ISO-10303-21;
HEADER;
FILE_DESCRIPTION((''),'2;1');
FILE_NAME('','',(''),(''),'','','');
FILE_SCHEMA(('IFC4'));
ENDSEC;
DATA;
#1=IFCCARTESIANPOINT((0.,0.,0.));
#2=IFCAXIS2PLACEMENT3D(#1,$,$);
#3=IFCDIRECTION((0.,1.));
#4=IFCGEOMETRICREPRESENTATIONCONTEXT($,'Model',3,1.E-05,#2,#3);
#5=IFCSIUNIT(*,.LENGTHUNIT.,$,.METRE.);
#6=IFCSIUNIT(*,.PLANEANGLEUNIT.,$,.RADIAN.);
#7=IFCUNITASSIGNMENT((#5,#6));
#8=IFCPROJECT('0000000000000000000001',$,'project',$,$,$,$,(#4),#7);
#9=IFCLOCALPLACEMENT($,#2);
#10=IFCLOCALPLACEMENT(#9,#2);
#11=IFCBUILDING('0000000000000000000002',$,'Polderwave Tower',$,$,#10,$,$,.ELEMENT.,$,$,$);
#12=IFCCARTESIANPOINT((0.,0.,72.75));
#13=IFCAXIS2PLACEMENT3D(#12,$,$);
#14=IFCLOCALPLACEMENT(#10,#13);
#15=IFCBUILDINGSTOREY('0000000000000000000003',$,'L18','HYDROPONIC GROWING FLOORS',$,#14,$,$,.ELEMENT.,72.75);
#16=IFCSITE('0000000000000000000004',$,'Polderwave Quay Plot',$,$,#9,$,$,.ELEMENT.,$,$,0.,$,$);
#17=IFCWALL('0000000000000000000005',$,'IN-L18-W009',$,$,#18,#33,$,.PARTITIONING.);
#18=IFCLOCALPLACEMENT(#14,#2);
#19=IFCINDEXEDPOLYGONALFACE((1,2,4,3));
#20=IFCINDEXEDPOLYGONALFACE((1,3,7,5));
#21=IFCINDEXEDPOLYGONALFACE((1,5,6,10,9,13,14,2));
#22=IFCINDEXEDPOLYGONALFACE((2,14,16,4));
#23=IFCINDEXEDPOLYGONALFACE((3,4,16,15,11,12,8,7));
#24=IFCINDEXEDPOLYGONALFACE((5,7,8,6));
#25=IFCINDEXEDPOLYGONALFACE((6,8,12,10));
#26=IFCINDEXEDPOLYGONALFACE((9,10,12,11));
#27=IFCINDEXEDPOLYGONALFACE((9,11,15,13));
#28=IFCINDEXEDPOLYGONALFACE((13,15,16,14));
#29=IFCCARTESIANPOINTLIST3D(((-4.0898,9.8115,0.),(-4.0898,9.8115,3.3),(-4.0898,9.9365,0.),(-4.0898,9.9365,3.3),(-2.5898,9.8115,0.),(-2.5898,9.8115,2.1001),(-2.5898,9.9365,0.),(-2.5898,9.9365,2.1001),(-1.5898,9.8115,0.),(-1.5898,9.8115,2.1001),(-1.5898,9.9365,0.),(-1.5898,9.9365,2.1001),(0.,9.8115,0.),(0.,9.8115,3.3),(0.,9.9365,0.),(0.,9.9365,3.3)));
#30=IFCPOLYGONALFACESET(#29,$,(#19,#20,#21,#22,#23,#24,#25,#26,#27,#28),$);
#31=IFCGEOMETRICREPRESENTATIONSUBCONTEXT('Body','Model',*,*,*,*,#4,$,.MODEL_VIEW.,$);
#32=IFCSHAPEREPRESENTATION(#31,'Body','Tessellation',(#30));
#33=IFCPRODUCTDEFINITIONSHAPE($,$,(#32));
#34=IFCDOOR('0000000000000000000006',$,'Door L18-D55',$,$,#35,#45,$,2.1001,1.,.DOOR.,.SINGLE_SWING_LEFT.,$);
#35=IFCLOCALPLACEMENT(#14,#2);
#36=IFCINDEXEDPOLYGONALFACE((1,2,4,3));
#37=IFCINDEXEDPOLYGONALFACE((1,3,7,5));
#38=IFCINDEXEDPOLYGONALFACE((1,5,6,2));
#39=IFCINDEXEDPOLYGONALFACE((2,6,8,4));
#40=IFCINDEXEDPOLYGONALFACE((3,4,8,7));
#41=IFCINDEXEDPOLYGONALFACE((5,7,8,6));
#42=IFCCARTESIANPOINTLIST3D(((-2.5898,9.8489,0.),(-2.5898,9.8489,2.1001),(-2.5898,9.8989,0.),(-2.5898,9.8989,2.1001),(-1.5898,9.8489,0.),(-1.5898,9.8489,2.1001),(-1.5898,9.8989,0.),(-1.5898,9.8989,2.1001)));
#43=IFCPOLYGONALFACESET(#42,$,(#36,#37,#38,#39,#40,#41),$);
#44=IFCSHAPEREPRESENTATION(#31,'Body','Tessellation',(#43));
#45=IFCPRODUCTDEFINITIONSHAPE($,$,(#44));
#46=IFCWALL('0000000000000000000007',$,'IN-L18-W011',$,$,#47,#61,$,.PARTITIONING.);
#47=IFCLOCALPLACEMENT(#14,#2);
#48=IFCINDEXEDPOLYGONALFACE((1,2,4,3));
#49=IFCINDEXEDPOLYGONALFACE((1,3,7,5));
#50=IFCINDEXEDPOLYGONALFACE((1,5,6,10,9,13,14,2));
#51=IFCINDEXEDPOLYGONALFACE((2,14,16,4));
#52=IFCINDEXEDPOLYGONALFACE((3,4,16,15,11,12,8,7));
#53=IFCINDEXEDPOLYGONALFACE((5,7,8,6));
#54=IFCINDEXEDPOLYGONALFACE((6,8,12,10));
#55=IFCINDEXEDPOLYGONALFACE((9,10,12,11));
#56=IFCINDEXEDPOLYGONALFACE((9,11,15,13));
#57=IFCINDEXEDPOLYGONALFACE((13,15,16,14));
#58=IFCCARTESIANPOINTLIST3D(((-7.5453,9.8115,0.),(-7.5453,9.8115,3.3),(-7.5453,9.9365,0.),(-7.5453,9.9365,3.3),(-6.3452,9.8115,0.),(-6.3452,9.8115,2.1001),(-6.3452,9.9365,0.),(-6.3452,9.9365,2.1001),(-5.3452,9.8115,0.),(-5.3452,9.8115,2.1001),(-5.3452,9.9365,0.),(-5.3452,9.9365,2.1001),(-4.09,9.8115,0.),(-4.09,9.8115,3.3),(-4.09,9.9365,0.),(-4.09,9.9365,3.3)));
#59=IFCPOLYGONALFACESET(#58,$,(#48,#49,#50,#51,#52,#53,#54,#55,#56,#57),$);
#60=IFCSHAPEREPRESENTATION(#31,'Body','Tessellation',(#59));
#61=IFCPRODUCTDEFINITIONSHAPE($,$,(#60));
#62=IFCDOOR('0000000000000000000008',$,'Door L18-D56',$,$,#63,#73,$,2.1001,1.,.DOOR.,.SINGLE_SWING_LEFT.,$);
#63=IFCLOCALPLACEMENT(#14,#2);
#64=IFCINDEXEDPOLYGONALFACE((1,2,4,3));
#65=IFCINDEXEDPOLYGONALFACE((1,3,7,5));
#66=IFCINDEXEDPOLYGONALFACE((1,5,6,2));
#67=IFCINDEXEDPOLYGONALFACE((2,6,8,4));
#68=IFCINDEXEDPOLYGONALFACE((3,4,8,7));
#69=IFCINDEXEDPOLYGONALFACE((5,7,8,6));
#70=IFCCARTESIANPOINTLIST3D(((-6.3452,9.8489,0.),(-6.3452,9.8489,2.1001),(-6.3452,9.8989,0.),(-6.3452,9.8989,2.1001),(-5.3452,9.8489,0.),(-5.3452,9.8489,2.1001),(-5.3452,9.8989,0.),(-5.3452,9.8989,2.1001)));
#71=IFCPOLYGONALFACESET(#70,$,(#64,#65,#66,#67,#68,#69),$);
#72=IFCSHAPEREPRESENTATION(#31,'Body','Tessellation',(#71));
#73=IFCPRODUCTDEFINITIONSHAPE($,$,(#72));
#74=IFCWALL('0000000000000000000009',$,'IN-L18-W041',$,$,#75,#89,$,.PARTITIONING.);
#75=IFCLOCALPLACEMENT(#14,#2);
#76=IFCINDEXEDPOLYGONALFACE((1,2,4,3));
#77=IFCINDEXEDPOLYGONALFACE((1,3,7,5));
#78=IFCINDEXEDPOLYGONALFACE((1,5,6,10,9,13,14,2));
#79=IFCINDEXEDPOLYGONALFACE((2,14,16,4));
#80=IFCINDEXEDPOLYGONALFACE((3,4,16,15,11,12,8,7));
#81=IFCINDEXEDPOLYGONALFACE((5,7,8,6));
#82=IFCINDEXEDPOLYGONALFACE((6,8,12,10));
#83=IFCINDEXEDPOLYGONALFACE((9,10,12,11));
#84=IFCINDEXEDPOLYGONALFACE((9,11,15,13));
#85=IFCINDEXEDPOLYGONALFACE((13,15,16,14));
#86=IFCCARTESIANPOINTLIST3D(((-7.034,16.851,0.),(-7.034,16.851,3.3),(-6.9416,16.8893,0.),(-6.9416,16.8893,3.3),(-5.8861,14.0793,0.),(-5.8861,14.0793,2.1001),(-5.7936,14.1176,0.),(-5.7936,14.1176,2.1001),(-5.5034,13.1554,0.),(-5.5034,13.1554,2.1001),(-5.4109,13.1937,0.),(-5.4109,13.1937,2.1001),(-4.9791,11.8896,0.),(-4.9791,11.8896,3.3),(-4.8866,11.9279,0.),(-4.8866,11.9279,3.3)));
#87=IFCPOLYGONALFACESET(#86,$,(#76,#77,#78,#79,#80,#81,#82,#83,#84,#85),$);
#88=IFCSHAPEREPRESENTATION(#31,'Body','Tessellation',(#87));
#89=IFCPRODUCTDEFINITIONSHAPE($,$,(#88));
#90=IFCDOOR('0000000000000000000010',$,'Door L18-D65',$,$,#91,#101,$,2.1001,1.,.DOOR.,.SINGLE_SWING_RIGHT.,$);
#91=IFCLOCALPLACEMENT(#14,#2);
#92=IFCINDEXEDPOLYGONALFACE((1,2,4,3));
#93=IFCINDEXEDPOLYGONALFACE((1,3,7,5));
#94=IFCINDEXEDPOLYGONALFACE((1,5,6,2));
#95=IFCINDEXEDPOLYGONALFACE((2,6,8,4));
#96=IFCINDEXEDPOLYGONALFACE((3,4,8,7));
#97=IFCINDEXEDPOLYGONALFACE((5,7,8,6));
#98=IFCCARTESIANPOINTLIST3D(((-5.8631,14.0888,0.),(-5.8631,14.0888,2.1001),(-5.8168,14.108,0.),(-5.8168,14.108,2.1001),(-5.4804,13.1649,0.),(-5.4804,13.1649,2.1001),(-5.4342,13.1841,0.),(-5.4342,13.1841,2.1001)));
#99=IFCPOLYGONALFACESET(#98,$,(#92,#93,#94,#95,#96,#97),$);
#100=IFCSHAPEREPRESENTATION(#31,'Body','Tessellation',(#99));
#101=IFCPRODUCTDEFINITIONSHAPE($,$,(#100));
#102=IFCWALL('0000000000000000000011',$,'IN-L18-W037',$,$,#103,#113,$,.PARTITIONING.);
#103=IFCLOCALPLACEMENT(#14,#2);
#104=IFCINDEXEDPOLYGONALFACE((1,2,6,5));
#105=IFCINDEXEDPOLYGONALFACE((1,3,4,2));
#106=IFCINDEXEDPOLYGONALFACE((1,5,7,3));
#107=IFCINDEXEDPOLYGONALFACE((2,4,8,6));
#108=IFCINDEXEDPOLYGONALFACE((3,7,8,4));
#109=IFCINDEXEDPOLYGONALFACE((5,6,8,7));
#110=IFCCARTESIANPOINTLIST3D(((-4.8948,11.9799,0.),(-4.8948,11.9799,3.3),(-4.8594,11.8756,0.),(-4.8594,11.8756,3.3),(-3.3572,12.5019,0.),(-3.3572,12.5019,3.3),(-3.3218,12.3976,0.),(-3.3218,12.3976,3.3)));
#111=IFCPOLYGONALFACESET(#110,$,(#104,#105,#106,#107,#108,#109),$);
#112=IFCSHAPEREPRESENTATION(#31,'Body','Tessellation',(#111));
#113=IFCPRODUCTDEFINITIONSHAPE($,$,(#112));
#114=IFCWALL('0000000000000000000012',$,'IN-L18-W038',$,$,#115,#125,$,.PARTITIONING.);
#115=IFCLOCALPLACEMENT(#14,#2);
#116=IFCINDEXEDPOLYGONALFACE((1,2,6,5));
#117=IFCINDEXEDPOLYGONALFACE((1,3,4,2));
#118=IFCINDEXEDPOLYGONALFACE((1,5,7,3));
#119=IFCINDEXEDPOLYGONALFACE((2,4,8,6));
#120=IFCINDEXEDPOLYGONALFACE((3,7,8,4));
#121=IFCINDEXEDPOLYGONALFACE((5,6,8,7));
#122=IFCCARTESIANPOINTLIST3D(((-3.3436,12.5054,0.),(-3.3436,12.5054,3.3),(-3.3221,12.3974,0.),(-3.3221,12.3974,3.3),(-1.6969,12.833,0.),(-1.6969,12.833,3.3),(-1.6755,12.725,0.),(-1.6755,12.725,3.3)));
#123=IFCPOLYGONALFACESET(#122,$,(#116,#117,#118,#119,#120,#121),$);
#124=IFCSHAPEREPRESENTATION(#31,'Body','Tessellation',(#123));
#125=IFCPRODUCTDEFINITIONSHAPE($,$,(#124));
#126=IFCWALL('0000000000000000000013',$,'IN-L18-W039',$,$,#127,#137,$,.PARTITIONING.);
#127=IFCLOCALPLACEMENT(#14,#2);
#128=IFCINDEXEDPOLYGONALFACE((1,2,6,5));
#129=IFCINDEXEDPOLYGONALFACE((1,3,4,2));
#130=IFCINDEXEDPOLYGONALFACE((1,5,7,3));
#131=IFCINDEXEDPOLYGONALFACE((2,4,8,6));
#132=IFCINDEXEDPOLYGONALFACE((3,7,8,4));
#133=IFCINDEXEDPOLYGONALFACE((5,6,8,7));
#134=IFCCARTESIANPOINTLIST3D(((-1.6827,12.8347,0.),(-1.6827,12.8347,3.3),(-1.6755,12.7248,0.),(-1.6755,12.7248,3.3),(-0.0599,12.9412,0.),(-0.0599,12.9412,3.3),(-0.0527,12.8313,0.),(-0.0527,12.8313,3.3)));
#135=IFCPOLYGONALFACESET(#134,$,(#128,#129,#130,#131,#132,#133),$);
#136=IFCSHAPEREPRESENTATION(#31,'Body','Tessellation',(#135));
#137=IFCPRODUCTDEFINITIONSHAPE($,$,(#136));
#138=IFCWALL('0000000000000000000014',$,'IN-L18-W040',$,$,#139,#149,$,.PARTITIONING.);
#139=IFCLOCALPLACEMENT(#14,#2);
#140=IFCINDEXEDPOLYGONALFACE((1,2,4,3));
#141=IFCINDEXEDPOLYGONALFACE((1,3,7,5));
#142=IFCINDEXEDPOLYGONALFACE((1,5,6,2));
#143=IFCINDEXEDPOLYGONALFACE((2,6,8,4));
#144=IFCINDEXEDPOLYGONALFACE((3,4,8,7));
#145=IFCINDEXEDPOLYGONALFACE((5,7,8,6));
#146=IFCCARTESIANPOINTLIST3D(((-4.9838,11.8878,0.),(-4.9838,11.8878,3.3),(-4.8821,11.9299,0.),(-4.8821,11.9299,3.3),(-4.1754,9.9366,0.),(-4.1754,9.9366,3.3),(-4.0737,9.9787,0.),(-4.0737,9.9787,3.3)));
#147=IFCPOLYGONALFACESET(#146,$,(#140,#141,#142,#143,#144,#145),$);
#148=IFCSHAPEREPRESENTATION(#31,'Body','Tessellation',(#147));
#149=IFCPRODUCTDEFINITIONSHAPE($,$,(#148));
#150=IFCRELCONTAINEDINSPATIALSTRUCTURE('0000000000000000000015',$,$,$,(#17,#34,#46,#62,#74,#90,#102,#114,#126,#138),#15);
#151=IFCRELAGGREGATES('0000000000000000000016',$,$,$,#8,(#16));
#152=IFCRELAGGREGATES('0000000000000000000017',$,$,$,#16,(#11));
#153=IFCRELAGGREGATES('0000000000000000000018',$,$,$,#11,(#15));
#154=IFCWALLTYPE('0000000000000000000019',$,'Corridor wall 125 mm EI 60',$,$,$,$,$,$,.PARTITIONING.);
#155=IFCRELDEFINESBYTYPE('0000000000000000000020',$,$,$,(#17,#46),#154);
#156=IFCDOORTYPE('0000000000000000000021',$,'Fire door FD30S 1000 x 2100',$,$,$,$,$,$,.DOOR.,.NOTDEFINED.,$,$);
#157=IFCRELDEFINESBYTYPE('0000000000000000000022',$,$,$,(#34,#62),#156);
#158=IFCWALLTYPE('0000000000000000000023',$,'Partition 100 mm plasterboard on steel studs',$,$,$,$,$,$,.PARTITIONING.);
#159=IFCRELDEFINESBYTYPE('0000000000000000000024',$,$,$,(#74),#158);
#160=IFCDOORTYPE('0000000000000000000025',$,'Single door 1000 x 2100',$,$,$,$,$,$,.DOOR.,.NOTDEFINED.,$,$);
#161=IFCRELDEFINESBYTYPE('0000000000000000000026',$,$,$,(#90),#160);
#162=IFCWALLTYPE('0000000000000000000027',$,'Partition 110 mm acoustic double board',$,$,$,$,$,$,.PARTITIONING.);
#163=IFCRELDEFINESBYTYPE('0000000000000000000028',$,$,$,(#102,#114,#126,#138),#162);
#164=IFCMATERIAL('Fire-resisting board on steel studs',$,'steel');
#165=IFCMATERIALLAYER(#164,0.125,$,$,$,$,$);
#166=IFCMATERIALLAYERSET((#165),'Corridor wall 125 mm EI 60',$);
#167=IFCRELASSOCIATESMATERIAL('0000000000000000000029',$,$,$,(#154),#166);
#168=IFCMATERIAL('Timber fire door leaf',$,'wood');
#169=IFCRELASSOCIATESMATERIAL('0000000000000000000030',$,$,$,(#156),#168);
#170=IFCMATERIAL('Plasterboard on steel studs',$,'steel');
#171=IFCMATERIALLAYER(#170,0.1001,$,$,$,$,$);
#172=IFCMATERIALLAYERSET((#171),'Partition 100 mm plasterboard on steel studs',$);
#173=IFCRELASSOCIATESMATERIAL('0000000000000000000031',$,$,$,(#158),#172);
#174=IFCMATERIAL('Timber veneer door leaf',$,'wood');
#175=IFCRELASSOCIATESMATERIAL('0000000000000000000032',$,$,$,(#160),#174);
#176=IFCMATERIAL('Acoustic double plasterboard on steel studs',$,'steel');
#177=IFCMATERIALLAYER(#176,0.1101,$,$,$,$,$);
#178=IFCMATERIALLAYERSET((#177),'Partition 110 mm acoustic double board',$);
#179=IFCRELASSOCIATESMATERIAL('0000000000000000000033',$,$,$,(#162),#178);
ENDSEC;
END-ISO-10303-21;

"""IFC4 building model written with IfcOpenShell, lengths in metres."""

from ifc_helpers import new_model, si_unit, direction, frame, frame_2d, origin, place, context, subcontext, project, spatial, rectangle, extrude, material, layer, layer_set, type_object, element, fill, save


model = new_model("IFC4")

# Units and contexts
model_context = context("Model", 3, precision=1e-05, world=origin(), true_north=direction((0.0, 1.0)))
body_context = subcontext(model_context, "Body", "Model", "MODEL_VIEW")
ifc_project = project(units=[si_unit("LENGTHUNIT", "METRE"), si_unit("PLANEANGLEUNIT", "RADIAN")], contexts=[model_context])

# Site, building, storey
site_placement = place(None, origin())
site = spatial("IfcSite", under=ifc_project, at=site_placement, Name="Polderwave Quay Plot", CompositionType="ELEMENT", RefElevation=0.0)
building_placement = place(site_placement, origin())
building = spatial("IfcBuilding", under=site, at=building_placement, Name="Polderwave Tower", CompositionType="ELEMENT")
storey_placement = place(building_placement, frame((0.0, 0.0, 72.75)))
storey = spatial("IfcBuildingStorey", under=building, at=storey_placement, Name="L18", Description="HYDROPONIC GROWING FLOORS", CompositionType="ELEMENT", Elevation=72.75)

# Walls, openings, doors
ifc_material_1 = material(Name="Fire-resisting board on steel studs", Category="steel")
ifc_layer_1 = layer(ifc_material_1, 0.125)
ifc_layer_set_1 = layer_set([ifc_layer_1], Name="Corridor wall 125 mm EI 60")
wall_type_1 = type_object("IfcWallType", Name="Corridor wall 125 mm EI 60", PredefinedType="PARTITIONING", material=ifc_layer_set_1)
wall_1_placement = place(storey_placement, frame((-4.0898, 9.874, 0.0), z_axis=(0.0, 0.0, 1.0), x_axis=(1.0, 0.0, 0.0)))
wall_1 = element("IfcWall", 1, at=wall_1_placement, inside=storey, type_object=wall_type_1, Name="IN-L18-W009", PredefinedType="PARTITIONING", context=body_context, shape_type="SweptSolid", body=[
    extrude(rectangle(XDim=4.0898, YDim=0.125, at=frame_2d((2.0449, 0.0))), origin(), (0.0, 0.0, 1.0), 3.3),
])
opening_1_placement = place(wall_1_placement, frame((1.5, 0.0, 0.0)))
opening_1 = element("IfcOpeningElement", 2, at=opening_1_placement, cuts=wall_1, PredefinedType="OPENING", context=body_context, shape_type="SweptSolid", body=[
    extrude(rectangle(XDim=1.0, YDim=2.1001, at=frame_2d((0.5, 1.05))), frame((0.0, 0.0725, 0.0), z_axis=(0.0, -1.0, 0.0), x_axis=(1.0, 0.0, 0.0)), (0.0, 0.0, 1.0), 0.145),
])
ifc_material_2 = material(Name="Timber fire door leaf", Category="wood")
door_type_1 = type_object("IfcDoorType", Name="Fire door FD30S 1000 x 2100", OperationType="NOTDEFINED", PredefinedType="DOOR", material=ifc_material_2)
door_1_placement = place(opening_1_placement, origin())
door_1 = element("IfcDoor", 3, at=door_1_placement, inside=storey, type_object=door_type_1, Name="Door L18-D55", OperationType="SINGLE_SWING_LEFT", OverallHeight=2.1001, OverallWidth=1.0, PredefinedType="DOOR", context=body_context, shape_type="SweptSolid", body=[
    extrude(rectangle(XDim=1.0, YDim=2.1001, at=frame_2d((0.5, 1.05))), frame((0.0, 0.0249, 0.0), z_axis=(0.0, -1.0, 0.0), x_axis=(1.0, 0.0, 0.0)), (0.0, 0.0, 1.0), 0.05),
])
fill(opening_1, door_1)
wall_2_placement = place(storey_placement, frame((-7.5452, 9.874, 0.0), z_axis=(0.0, 0.0, 1.0), x_axis=(1.0, 0.0, 0.0)))
wall_2 = element("IfcWall", 4, at=wall_2_placement, inside=storey, type_object=wall_type_1, Name="IN-L18-W011", PredefinedType="PARTITIONING", context=body_context, shape_type="SweptSolid", body=[
    extrude(rectangle(XDim=3.4553, YDim=0.125, at=frame_2d((1.7275, 0.0))), origin(), (0.0, 0.0, 1.0), 3.3),
])
opening_2_placement = place(wall_2_placement, frame((1.2, 0.0, 0.0)))
opening_2 = element("IfcOpeningElement", 5, at=opening_2_placement, cuts=wall_2, PredefinedType="OPENING", context=body_context, shape_type="SweptSolid", body=[
    extrude(rectangle(XDim=1.0, YDim=2.1001, at=frame_2d((0.5, 1.05))), frame((0.0, 0.0725, 0.0), z_axis=(0.0, -1.0, 0.0), x_axis=(1.0, 0.0, 0.0)), (0.0, 0.0, 1.0), 0.145),
])
door_2_placement = place(opening_2_placement, origin())
door_2 = element("IfcDoor", 6, at=door_2_placement, inside=storey, type_object=door_type_1, Name="Door L18-D56", OperationType="SINGLE_SWING_LEFT", OverallHeight=2.1001, OverallWidth=1.0, PredefinedType="DOOR", context=body_context, shape_type="SweptSolid", body=[
    extrude(rectangle(XDim=1.0, YDim=2.1001, at=frame_2d((0.5, 1.05))), frame((0.0, 0.0249, 0.0), z_axis=(0.0, -1.0, 0.0), x_axis=(1.0, 0.0, 0.0)), (0.0, 0.0, 1.0), 0.05),
])
fill(opening_2, door_2)
ifc_material_3 = material(Name="Plasterboard on steel studs", Category="steel")
ifc_layer_2 = layer(ifc_material_3, 0.1001)
ifc_layer_set_2 = layer_set([ifc_layer_2], Name="Partition 100 mm plasterboard on steel studs")
wall_type_2 = type_object("IfcWallType", Name="Partition 100 mm plasterboard on steel studs", PredefinedType="PARTITIONING", material=ifc_layer_set_2)
wall_3_placement = place(storey_placement, frame((-6.9878, 16.8701, 0.0), z_axis=(0.0, 0.0, 1.0), x_axis=(0.382658, -0.92389, 0.0)))
wall_3 = element("IfcWall", 7, at=wall_3_placement, inside=storey, type_object=wall_type_2, Name="IN-L18-W041", PredefinedType="PARTITIONING", context=body_context, shape_type="SweptSolid", body=[
    extrude(rectangle(XDim=5.3701, YDim=0.1001, at=frame_2d((2.6851, 0.0))), origin(), (0.0, 0.0, 1.0), 3.3),
])
opening_3_placement = place(wall_3_placement, frame((3.0, 0.0, 0.0)))
opening_3 = element("IfcOpeningElement", 8, at=opening_3_placement, cuts=wall_3, PredefinedType="OPENING", context=body_context, shape_type="SweptSolid", body=[
    extrude(rectangle(XDim=1.0, YDim=2.1001, at=frame_2d((0.5, 1.05))), frame((0.0, 0.0601, 0.0), z_axis=(0.0, -1.0, 0.0), x_axis=(1.0, 0.0, 0.0)), (0.0, 0.0, 1.0), 0.1201),
])
ifc_material_4 = material(Name="Timber veneer door leaf", Category="wood")
door_type_2 = type_object("IfcDoorType", Name="Single door 1000 x 2100", OperationType="NOTDEFINED", PredefinedType="DOOR", material=ifc_material_4)
door_3_placement = place(opening_3_placement, origin())
door_3 = element("IfcDoor", 9, at=door_3_placement, inside=storey, type_object=door_type_2, Name="Door L18-D65", OperationType="SINGLE_SWING_RIGHT", OverallHeight=2.1001, OverallWidth=1.0, PredefinedType="DOOR", context=body_context, shape_type="SweptSolid", body=[
    extrude(rectangle(XDim=1.0, YDim=2.1001, at=frame_2d((0.5, 1.05))), frame((0.0, 0.0249, 0.0), z_axis=(0.0, -1.0, 0.0), x_axis=(1.0, 0.0, 0.0)), (0.0, 0.0, 1.0), 0.05),
])
fill(opening_3, door_3)

# Walls
ifc_material_5 = material(Name="Acoustic double plasterboard on steel studs", Category="steel")
ifc_layer_3 = layer(ifc_material_5, 0.1101)
ifc_layer_set_3 = layer_set([ifc_layer_3], Name="Partition 110 mm acoustic double board")
wall_type_3 = type_object("IfcWallType", Name="Partition 110 mm acoustic double board", PredefinedType="PARTITIONING", material=ifc_layer_set_3)
wall_4_placement = place(storey_placement, frame((-4.8772, 11.9277, 0.0), z_axis=(0.0, 0.0, 1.0), x_axis=(0.946925, 0.321455, 0.0)))
element("IfcWall", 10, at=wall_4_placement, inside=storey, type_object=wall_type_3, Name="IN-L18-W037", PredefinedType="PARTITIONING", context=body_context, shape_type="SweptSolid", body=[
    extrude(rectangle(XDim=1.6238, YDim=0.1101, at=frame_2d((0.812, 0.0))), origin(), (0.0, 0.0, 1.0), 3.3),
])
wall_5_placement = place(storey_placement, frame((-3.3328, 12.4514, 0.0), z_axis=(0.0, 0.0, 1.0), x_axis=(0.980776, 0.195137, 0.0)))
element("IfcWall", 11, at=wall_5_placement, inside=storey, type_object=wall_type_3, Name="IN-L18-W038", PredefinedType="PARTITIONING", context=body_context, shape_type="SweptSolid", body=[
    extrude(rectangle(XDim=1.679, YDim=0.1101, at=frame_2d((0.8394, 0.0))), origin(), (0.0, 0.0, 1.0), 3.3),
])
wall_6_placement = place(storey_placement, frame((-1.679, 12.7798, 0.0), z_axis=(0.0, 0.0, 1.0), x_axis=(0.997856, 0.065453, 0.0)))
element("IfcWall", 12, at=wall_6_placement, inside=storey, type_object=wall_type_3, Name="IN-L18-W039", PredefinedType="PARTITIONING", context=body_context, shape_type="SweptSolid", body=[
    extrude(rectangle(XDim=1.6262, YDim=0.1101, at=frame_2d((0.813, 0.0))), origin(), (0.0, 0.0, 1.0), 3.3),
])
wall_7_placement = place(storey_placement, frame((-4.1245, 9.9575, 0.0), z_axis=(0.0, 0.0, 1.0), x_axis=(-0.382743, 0.923855, 0.0)))
element("IfcWall", 13, at=wall_7_placement, inside=storey, type_object=wall_type_3, Name="IN-L18-W040", PredefinedType="PARTITIONING", context=body_context, shape_type="SweptSolid", body=[
    extrude(rectangle(XDim=2.1121, YDim=0.1101, at=frame_2d((1.0562, 0.0))), origin(), (0.0, 0.0, 1.0), 3.3),
])

save(model, "model.ifc")
